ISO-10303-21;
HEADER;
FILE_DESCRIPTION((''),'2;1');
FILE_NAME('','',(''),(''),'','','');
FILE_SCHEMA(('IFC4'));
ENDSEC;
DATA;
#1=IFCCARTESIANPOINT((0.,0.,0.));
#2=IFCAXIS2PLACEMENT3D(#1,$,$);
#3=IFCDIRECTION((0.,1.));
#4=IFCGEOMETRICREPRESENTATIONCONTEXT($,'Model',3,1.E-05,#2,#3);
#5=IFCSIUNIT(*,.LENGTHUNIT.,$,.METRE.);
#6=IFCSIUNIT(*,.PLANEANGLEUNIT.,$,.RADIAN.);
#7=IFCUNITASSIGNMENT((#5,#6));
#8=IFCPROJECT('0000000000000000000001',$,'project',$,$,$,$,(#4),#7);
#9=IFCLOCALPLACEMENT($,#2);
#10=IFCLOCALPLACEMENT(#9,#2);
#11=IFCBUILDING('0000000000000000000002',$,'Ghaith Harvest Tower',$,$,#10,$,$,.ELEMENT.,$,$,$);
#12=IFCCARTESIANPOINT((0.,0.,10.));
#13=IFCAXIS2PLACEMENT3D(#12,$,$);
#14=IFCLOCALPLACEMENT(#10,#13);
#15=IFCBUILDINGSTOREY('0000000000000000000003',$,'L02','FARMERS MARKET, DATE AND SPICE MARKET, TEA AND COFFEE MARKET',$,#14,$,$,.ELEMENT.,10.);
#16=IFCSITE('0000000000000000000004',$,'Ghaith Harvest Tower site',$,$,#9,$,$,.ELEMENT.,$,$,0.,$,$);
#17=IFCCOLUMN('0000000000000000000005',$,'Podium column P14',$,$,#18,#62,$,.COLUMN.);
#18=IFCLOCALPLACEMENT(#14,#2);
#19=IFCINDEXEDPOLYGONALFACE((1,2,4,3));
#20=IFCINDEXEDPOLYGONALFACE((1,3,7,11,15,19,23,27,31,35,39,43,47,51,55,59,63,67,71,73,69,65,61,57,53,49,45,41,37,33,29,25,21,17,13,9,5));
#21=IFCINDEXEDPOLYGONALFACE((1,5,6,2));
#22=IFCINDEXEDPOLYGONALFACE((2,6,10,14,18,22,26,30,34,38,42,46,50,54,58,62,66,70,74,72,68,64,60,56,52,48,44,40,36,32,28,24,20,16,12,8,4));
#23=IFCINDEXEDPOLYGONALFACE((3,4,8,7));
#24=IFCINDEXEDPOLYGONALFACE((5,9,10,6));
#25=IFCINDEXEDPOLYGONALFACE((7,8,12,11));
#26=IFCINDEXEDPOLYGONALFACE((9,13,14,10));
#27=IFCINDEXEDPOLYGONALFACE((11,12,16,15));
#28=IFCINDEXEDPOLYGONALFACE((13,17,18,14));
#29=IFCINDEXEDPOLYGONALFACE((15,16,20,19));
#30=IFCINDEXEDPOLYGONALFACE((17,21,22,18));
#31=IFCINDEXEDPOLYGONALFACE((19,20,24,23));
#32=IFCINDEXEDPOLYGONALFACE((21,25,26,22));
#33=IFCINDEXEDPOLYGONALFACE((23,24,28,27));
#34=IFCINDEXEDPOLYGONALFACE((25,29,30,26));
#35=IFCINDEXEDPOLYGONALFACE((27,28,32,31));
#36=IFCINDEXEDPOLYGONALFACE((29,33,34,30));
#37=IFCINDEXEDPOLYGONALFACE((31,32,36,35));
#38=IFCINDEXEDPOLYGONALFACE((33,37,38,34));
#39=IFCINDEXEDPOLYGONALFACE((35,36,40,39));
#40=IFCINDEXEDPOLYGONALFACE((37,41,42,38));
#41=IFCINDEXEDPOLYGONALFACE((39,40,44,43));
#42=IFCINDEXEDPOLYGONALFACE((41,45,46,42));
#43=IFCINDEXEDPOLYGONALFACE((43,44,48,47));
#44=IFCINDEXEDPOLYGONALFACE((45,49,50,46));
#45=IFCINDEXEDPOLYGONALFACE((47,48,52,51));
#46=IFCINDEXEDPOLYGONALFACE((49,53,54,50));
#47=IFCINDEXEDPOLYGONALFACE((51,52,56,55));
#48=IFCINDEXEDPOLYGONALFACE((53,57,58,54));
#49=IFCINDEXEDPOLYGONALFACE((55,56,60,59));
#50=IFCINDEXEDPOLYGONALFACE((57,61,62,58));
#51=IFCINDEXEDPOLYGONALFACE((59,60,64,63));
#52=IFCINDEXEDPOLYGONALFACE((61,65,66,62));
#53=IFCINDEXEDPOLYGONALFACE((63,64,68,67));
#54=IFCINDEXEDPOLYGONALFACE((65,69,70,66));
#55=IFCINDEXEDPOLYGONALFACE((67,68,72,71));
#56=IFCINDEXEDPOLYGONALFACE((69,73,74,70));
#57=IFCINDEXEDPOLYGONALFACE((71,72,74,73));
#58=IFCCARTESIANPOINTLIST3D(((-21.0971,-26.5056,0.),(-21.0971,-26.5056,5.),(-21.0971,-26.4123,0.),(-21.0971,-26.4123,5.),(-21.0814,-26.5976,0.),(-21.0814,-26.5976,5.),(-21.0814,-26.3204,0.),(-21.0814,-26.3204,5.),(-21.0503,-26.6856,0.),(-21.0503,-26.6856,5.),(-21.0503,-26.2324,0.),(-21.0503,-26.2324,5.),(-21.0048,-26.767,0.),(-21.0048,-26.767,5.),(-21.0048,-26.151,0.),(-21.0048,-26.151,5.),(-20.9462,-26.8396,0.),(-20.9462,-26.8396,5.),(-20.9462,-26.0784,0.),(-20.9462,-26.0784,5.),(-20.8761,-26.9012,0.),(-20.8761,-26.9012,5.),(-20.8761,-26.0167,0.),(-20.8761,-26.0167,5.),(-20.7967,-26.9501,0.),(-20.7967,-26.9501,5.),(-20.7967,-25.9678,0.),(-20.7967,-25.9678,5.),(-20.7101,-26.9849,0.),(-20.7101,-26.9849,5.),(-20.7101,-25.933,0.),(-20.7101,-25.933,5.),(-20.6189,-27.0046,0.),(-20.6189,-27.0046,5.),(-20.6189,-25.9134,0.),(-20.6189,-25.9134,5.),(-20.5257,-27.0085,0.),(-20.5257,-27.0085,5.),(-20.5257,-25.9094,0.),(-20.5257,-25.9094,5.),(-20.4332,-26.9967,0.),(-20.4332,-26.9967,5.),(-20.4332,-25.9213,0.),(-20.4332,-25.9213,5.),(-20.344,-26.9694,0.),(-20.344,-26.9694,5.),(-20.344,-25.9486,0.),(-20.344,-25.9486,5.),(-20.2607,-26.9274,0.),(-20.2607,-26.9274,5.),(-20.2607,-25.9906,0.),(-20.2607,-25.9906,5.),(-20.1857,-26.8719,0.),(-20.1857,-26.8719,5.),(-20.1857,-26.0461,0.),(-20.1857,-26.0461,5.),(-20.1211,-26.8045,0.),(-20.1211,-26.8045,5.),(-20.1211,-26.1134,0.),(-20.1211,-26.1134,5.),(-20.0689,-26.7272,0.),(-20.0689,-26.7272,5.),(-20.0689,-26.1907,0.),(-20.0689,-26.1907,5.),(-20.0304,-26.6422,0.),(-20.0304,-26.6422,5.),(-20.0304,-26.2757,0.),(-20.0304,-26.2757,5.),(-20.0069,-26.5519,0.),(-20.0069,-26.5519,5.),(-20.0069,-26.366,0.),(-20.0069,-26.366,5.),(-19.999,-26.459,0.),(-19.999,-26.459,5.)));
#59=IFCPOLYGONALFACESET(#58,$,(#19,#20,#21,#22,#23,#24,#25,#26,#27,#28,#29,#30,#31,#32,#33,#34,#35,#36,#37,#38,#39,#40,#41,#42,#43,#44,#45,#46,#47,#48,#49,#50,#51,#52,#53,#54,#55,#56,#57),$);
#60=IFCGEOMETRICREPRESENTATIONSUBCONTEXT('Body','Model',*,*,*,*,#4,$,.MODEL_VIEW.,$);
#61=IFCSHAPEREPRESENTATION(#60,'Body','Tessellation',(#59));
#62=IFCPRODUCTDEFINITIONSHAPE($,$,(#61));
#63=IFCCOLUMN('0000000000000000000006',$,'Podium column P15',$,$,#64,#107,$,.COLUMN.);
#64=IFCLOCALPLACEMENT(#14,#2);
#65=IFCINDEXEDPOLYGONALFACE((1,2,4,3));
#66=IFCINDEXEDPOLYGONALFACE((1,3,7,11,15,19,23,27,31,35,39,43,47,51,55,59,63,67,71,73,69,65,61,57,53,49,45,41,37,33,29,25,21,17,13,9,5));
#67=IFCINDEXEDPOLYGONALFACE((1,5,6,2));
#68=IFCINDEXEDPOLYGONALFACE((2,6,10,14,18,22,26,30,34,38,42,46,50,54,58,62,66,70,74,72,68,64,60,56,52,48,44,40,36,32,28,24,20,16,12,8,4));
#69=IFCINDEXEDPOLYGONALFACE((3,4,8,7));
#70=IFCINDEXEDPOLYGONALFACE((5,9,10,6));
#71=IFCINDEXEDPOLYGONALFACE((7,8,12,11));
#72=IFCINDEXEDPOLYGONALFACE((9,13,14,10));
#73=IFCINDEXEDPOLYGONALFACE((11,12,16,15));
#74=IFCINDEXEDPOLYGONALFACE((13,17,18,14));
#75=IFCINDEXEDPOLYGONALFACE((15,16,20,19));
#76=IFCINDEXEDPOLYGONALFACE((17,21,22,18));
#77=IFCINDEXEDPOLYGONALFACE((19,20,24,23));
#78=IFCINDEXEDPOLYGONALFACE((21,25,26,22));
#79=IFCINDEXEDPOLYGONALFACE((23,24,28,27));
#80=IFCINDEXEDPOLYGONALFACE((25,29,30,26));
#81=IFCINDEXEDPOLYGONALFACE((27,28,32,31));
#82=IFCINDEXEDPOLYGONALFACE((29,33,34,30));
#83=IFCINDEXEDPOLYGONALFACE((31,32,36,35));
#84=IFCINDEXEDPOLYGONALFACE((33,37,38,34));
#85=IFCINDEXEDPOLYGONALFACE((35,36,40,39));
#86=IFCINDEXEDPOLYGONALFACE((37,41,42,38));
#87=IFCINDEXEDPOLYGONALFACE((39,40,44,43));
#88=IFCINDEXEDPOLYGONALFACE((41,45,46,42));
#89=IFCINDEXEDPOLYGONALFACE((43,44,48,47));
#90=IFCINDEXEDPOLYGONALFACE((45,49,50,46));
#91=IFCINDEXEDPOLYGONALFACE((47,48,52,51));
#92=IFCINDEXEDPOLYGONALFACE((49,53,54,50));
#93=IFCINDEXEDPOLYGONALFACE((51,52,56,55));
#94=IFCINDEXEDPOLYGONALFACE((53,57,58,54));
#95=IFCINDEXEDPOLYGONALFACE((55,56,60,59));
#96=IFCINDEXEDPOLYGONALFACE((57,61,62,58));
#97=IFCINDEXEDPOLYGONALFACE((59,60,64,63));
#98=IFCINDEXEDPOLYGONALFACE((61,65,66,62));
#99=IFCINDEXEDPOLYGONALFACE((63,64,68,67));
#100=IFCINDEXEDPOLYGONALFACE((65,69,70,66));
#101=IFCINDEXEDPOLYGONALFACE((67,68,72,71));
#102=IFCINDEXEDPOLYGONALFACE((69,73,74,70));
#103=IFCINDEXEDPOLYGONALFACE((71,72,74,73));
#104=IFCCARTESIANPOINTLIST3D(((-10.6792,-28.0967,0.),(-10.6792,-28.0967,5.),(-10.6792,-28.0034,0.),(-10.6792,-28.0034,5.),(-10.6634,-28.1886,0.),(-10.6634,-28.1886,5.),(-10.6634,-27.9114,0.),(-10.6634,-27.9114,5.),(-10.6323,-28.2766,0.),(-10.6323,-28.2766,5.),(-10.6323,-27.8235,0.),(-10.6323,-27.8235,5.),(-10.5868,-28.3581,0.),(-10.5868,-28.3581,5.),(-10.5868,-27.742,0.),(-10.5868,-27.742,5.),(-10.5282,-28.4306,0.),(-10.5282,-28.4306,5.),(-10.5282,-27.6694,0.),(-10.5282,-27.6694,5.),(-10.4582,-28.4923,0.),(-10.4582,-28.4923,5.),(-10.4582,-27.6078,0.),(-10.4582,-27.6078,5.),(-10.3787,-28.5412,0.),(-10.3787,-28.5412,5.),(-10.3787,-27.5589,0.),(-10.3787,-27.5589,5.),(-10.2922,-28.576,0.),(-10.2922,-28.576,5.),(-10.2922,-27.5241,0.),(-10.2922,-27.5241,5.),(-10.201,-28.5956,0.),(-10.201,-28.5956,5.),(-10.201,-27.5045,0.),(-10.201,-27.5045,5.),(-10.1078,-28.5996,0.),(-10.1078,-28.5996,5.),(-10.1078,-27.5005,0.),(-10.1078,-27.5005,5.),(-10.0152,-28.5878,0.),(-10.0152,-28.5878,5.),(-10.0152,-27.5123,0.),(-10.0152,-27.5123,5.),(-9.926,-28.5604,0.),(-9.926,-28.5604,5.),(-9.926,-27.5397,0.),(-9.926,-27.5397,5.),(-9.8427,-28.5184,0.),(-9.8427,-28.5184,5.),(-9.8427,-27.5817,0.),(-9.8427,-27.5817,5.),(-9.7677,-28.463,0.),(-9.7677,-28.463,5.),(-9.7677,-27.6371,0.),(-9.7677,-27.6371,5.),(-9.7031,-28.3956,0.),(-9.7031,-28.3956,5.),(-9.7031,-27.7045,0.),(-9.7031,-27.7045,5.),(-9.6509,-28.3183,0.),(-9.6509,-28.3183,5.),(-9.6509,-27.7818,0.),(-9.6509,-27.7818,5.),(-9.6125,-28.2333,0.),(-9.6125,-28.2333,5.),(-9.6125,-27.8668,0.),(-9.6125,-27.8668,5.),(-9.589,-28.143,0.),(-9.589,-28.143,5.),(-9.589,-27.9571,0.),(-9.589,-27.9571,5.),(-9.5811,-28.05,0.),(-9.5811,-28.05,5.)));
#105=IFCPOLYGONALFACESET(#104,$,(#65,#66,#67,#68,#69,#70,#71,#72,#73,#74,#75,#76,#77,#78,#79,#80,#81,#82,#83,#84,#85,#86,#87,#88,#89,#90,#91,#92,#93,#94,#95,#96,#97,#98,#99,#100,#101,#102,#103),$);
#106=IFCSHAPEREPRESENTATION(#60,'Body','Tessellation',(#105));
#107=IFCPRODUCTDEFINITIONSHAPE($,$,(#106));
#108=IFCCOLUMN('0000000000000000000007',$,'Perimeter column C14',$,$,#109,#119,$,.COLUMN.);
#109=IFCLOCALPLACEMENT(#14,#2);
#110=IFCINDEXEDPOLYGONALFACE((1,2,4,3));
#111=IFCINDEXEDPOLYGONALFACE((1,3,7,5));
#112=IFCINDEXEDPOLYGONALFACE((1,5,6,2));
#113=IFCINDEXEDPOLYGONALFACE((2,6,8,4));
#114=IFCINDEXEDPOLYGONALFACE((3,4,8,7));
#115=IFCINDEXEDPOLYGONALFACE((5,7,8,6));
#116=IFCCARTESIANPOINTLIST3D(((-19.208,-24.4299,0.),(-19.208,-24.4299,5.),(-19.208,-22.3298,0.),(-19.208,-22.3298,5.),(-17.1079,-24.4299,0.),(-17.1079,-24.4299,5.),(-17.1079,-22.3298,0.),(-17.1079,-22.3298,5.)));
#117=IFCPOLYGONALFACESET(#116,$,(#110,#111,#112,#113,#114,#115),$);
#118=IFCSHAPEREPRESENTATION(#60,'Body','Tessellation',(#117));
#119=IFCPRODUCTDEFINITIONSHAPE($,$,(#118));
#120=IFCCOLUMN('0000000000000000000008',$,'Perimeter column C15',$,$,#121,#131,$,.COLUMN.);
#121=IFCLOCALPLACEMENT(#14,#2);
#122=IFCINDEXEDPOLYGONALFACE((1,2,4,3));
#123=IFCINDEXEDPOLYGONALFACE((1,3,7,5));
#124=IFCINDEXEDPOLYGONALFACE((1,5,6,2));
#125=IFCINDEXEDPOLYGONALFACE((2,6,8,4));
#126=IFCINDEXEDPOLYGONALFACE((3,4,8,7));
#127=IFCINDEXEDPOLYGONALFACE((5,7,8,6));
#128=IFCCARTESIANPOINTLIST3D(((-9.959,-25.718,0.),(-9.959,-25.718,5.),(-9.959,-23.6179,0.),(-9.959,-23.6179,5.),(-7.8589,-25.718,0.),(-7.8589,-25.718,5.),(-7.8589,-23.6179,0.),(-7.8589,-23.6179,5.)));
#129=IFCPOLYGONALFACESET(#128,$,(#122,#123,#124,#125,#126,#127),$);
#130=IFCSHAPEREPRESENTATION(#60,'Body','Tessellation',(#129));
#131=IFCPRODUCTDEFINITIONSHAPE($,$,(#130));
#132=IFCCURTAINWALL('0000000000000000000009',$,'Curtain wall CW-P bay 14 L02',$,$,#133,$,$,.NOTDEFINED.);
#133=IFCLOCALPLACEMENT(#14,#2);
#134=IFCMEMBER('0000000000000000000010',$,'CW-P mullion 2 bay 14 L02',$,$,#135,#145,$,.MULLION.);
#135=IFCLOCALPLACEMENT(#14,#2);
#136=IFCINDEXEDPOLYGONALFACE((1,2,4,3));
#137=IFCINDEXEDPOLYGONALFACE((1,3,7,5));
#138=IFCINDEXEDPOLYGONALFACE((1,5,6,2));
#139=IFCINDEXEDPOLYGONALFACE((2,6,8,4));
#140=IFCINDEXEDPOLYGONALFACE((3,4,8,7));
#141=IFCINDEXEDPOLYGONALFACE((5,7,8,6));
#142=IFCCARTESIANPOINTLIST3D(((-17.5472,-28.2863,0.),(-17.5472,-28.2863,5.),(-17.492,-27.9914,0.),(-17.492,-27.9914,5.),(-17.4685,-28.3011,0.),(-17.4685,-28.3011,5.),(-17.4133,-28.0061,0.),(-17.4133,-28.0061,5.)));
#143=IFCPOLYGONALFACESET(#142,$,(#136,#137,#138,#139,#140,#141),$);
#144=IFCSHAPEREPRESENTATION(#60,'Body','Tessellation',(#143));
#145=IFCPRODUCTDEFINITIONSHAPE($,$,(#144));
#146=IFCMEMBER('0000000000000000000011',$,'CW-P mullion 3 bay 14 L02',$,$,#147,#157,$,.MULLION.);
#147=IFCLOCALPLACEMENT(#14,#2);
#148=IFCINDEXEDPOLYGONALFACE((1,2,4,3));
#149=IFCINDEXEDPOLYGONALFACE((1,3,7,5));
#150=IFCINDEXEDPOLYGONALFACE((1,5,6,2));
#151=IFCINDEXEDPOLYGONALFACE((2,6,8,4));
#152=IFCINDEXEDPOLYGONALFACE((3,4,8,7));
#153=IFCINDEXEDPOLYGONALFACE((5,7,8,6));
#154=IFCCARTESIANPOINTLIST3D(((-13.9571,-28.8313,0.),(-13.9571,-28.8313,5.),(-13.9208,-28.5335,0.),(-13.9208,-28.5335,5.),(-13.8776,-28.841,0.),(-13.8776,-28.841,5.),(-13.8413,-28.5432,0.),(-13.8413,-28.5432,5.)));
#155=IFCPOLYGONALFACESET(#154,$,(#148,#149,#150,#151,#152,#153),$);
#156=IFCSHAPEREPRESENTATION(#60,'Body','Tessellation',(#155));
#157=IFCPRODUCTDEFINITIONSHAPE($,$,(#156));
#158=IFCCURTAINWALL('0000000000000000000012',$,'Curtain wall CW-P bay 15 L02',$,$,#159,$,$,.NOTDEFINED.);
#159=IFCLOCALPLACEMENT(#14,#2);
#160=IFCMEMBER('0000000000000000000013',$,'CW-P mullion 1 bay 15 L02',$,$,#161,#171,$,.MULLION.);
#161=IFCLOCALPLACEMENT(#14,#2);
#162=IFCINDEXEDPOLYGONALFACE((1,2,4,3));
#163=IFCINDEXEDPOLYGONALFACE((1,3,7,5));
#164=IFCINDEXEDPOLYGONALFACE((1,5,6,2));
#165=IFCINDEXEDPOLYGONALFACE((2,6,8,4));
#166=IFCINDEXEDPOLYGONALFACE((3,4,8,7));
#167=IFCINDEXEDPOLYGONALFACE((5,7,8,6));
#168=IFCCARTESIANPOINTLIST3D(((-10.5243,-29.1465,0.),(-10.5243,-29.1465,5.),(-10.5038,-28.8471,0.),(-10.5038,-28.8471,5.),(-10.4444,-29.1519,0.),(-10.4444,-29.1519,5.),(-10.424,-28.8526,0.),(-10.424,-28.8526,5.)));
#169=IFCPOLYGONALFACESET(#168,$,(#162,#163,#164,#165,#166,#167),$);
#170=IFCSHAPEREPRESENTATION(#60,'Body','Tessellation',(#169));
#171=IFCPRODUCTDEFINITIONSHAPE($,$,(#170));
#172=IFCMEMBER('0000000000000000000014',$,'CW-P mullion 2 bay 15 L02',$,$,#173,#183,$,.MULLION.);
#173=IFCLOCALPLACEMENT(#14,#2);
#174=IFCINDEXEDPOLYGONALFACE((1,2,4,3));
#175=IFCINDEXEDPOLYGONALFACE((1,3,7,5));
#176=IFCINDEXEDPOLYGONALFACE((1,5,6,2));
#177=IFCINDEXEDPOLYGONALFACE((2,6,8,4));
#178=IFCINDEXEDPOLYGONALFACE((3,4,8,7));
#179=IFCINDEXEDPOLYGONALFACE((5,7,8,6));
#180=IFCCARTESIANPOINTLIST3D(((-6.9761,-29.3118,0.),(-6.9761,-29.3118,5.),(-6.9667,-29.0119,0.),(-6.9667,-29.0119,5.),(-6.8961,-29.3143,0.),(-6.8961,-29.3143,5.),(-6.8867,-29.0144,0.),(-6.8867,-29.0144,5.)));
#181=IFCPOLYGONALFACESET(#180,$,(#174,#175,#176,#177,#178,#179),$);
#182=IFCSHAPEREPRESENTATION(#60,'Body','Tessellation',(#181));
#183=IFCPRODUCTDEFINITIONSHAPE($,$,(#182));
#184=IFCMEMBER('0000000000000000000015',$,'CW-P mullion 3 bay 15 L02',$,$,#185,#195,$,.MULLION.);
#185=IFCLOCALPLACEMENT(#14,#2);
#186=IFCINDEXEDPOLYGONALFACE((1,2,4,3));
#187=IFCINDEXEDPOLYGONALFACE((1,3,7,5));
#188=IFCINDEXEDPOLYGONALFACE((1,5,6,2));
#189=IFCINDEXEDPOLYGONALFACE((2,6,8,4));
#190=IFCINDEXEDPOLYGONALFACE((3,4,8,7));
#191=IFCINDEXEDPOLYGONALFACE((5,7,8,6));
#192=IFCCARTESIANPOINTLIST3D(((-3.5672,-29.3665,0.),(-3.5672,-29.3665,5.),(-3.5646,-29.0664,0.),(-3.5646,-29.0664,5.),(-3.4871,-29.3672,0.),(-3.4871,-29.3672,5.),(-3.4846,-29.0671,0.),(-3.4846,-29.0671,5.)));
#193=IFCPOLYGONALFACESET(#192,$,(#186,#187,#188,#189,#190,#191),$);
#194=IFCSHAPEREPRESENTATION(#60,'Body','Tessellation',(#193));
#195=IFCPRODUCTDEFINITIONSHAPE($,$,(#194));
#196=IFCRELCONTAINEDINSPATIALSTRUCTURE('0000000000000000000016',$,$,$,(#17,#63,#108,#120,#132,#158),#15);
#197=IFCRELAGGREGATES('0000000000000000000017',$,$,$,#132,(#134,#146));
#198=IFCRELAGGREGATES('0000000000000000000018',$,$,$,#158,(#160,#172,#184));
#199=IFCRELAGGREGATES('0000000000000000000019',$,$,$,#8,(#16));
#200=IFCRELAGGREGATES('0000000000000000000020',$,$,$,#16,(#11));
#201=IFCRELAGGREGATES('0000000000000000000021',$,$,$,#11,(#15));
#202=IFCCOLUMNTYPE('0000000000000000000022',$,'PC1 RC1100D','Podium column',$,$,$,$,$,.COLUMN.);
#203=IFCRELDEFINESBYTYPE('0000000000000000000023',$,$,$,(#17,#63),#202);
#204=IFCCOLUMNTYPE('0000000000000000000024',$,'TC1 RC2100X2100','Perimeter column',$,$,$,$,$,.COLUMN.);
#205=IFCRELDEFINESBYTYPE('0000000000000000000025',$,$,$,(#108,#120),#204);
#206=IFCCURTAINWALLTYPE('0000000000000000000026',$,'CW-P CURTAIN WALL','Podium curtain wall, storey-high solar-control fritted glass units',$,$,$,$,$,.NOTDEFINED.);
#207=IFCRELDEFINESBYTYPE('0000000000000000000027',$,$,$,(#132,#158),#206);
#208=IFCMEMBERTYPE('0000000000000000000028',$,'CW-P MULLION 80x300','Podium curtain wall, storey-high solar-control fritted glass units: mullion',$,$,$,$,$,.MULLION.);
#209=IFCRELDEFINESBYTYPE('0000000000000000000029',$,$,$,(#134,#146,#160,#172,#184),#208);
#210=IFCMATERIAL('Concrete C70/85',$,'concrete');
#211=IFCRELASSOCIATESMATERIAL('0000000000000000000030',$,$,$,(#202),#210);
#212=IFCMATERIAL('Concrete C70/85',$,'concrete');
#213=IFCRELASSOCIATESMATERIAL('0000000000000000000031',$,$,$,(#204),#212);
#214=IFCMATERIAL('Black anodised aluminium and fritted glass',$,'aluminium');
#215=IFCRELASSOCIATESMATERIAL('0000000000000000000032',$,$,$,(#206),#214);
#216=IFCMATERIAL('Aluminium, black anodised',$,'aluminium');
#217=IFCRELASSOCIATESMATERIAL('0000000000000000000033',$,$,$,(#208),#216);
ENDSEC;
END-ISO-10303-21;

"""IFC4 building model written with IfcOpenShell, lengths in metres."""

from ifc_helpers import new_model, si_unit, direction, frame, origin, origin_2d, place, context, subcontext, project, spatial, rectangle, circle, extrude, material, material_profile, profile_set, type_object, element, aggregate, save


model = new_model("IFC4")

# Units and contexts
model_context = context("Model", 3, precision=1e-05, world=origin(), true_north=direction((0.0, 1.0)))
body_context = subcontext(model_context, "Body", "Model", "MODEL_VIEW")
ifc_project = project(units=[si_unit("LENGTHUNIT", "METRE"), si_unit("PLANEANGLEUNIT", "RADIAN")], contexts=[model_context])

# Site, building, storey
site_placement = place(None, origin())
site = spatial("IfcSite", under=ifc_project, at=site_placement, Name="Ghaith Harvest Tower site", CompositionType="ELEMENT", RefElevation=0.0)
building_placement = place(site_placement, origin())
building = spatial("IfcBuilding", under=site, at=building_placement, Name="Ghaith Harvest Tower", CompositionType="ELEMENT")
storey_placement = place(building_placement, frame((0.0, 0.0, 10.0)))
storey = spatial("IfcBuildingStorey", under=building, at=storey_placement, Name="L02", Description="FARMERS MARKET, DATE AND SPICE MARKET, TEA AND COFFEE MARKET", CompositionType="ELEMENT", Elevation=10.0)

# Columns
ifc_material_1 = material(Name="Concrete C70/85", Category="concrete")
ifc_material_profile_1 = material_profile(ifc_material_1, circle(Radius=0.55, at=origin_2d()), Name="RC1100D")
ifc_profile_set_1 = profile_set([ifc_material_profile_1], Name="Concrete C70/85")
column_type_1 = type_object("IfcColumnType", Name="PC1 RC1100D", Description="Podium column", PredefinedType="COLUMN", material=ifc_profile_set_1)
for number, where, z_axis, x_axis, name in (
    (1, (-20.5491, -26.459, 0.0), (0.0, 0.0, 1.0), (1.0, 0.0, 0.0), "Podium column P14"),
    (2, (-10.1311, -28.05, 0.0), (0.0, 0.0, 1.0), (1.0, 0.0, 0.0), "Podium column P15"),
):
    element("IfcColumn", number, at=place(storey_placement, frame(where, z_axis=z_axis, x_axis=x_axis)), inside=storey, type_object=column_type_1, Name=name, PredefinedType="COLUMN", context=body_context, shape_type="SweptSolid", body=[
        extrude(circle(Radius=0.55, at=origin_2d()), origin(), (0.0, 0.0, 1.0), 5.0),
    ])
ifc_material_2 = material(Name="Concrete C70/85", Category="concrete")
ifc_material_profile_2 = material_profile(ifc_material_2, rectangle(XDim=2.1001, YDim=2.1001, at=origin_2d()), Name="RC2100X2100")
ifc_profile_set_2 = profile_set([ifc_material_profile_2], Name="Concrete C70/85")
column_type_2 = type_object("IfcColumnType", Name="TC1 RC2100X2100", Description="Perimeter column", PredefinedType="COLUMN", material=ifc_profile_set_2)
for number, where, z_axis, x_axis, name in (
    (3, (-18.158, -23.3799, 0.0), (0.0, 0.0, 1.0), (1.0, 0.0, 0.0), "Perimeter column C14"),
    (4, (-8.9089, -24.668, 0.0), (0.0, 0.0, 1.0), (1.0, 0.0, 0.0), "Perimeter column C15"),
):
    element("IfcColumn", number, at=place(storey_placement, frame(where, z_axis=z_axis, x_axis=x_axis)), inside=storey, type_object=column_type_2, Name=name, PredefinedType="COLUMN", context=body_context, shape_type="SweptSolid", body=[
        extrude(rectangle(XDim=2.1001, YDim=2.1001, at=origin_2d()), origin(), (0.0, 0.0, 1.0), 5.0),
    ])

# Curtain walls, members
ifc_material_3 = material(Name="Black anodised aluminium and fritted glass", Category="aluminium")
curtain_wall_type = type_object("IfcCurtainWallType", Name="CW-P CURTAIN WALL", Description="Podium curtain wall, storey-high solar-control fritted glass units", PredefinedType="NOTDEFINED", material=ifc_material_3)
curtain_wall_1_placement = place(storey_placement, origin())
curtain_wall_1 = element("IfcCurtainWall", 5, at=curtain_wall_1_placement, inside=storey, type_object=curtain_wall_type, Name="Curtain wall CW-P bay 14 L02", PredefinedType="NOTDEFINED")
ifc_material_4 = material(Name="Aluminium, black anodised", Category="aluminium")
ifc_material_profile_3 = material_profile(ifc_material_4, rectangle(XDim=0.0801, YDim=0.3, at=origin_2d()), Name="CW-P MULLION 80x300")
ifc_profile_set_3 = profile_set([ifc_material_profile_3], Name="Aluminium, black anodised")
member_type_1 = type_object("IfcMemberType", Name="CW-P MULLION 80x300", Description="Podium curtain wall, storey-high solar-control fritted glass units: mullion", PredefinedType="MULLION", material=ifc_profile_set_3)
member_1_placement = place(storey_placement, frame((-17.4802, -28.1462, 0.0), z_axis=(0.0, 0.0, 1.0), x_axis=(0.982926, -0.184001, 0.0)))
member_1 = element("IfcMember", 6, at=member_1_placement, type_object=member_type_1, Name="CW-P mullion 2 bay 14 L02", PredefinedType="MULLION", context=body_context, shape_type="SweptSolid", body=[
    extrude(rectangle(XDim=0.0801, YDim=0.3, at=origin_2d()), origin(), (0.0, 0.0, 1.0), 5.0),
])
member_2_placement = place(storey_placement, frame((-13.8992, -28.6873, 0.0), z_axis=(0.0, 0.0, 1.0), x_axis=(0.992662, -0.120923, 0.0)))
member_2 = element("IfcMember", 7, at=member_2_placement, type_object=member_type_1, Name="CW-P mullion 3 bay 14 L02", PredefinedType="MULLION", context=body_context, shape_type="SweptSolid", body=[
    extrude(rectangle(XDim=0.0801, YDim=0.3, at=origin_2d()), origin(), (0.0, 0.0, 1.0), 5.0),
])
curtain_wall_2_placement = place(storey_placement, origin())
curtain_wall_2 = element("IfcCurtainWall", 8, at=curtain_wall_2_placement, inside=storey, type_object=curtain_wall_type, Name="Curtain wall CW-P bay 15 L02", PredefinedType="NOTDEFINED")
member_3_placement = place(storey_placement, frame((-10.4741, -28.9995, 0.0), z_axis=(0.0, 0.0, 1.0), x_axis=(0.997678, -0.068107, 0.0)))
member_3 = element("IfcMember", 9, at=member_3_placement, type_object=member_type_1, Name="CW-P mullion 1 bay 15 L02", PredefinedType="MULLION", context=body_context, shape_type="SweptSolid", body=[
    extrude(rectangle(XDim=0.0801, YDim=0.3, at=origin_2d()), origin(), (0.0, 0.0, 1.0), 5.0),
])
member_4_placement = place(storey_placement, frame((-6.9314, -29.1631, 0.0), z_axis=(0.0, 0.0, 1.0), x_axis=(0.999512, -0.031241, 0.0)))
member_4 = element("IfcMember", 10, at=member_4_placement, type_object=member_type_1, Name="CW-P mullion 2 bay 15 L02", PredefinedType="MULLION", context=body_context, shape_type="SweptSolid", body=[
    extrude(rectangle(XDim=0.0801, YDim=0.3, at=origin_2d()), origin(), (0.0, 0.0, 1.0), 5.0),
])
member_5_placement = place(storey_placement, frame((-3.5259, -29.2168, 0.0), z_axis=(0.0, 0.0, 1.0), x_axis=(0.999964, -0.008484, 0.0)))
member_5 = element("IfcMember", 11, at=member_5_placement, type_object=member_type_1, Name="CW-P mullion 3 bay 15 L02", PredefinedType="MULLION", context=body_context, shape_type="SweptSolid", body=[
    extrude(rectangle(XDim=0.0801, YDim=0.3, at=origin_2d()), origin(), (0.0, 0.0, 1.0), 5.0),
])

aggregate(curtain_wall_1, [member_1, member_2])
aggregate(curtain_wall_2, [member_3, member_4, member_5])

save(model, "model.ifc")
